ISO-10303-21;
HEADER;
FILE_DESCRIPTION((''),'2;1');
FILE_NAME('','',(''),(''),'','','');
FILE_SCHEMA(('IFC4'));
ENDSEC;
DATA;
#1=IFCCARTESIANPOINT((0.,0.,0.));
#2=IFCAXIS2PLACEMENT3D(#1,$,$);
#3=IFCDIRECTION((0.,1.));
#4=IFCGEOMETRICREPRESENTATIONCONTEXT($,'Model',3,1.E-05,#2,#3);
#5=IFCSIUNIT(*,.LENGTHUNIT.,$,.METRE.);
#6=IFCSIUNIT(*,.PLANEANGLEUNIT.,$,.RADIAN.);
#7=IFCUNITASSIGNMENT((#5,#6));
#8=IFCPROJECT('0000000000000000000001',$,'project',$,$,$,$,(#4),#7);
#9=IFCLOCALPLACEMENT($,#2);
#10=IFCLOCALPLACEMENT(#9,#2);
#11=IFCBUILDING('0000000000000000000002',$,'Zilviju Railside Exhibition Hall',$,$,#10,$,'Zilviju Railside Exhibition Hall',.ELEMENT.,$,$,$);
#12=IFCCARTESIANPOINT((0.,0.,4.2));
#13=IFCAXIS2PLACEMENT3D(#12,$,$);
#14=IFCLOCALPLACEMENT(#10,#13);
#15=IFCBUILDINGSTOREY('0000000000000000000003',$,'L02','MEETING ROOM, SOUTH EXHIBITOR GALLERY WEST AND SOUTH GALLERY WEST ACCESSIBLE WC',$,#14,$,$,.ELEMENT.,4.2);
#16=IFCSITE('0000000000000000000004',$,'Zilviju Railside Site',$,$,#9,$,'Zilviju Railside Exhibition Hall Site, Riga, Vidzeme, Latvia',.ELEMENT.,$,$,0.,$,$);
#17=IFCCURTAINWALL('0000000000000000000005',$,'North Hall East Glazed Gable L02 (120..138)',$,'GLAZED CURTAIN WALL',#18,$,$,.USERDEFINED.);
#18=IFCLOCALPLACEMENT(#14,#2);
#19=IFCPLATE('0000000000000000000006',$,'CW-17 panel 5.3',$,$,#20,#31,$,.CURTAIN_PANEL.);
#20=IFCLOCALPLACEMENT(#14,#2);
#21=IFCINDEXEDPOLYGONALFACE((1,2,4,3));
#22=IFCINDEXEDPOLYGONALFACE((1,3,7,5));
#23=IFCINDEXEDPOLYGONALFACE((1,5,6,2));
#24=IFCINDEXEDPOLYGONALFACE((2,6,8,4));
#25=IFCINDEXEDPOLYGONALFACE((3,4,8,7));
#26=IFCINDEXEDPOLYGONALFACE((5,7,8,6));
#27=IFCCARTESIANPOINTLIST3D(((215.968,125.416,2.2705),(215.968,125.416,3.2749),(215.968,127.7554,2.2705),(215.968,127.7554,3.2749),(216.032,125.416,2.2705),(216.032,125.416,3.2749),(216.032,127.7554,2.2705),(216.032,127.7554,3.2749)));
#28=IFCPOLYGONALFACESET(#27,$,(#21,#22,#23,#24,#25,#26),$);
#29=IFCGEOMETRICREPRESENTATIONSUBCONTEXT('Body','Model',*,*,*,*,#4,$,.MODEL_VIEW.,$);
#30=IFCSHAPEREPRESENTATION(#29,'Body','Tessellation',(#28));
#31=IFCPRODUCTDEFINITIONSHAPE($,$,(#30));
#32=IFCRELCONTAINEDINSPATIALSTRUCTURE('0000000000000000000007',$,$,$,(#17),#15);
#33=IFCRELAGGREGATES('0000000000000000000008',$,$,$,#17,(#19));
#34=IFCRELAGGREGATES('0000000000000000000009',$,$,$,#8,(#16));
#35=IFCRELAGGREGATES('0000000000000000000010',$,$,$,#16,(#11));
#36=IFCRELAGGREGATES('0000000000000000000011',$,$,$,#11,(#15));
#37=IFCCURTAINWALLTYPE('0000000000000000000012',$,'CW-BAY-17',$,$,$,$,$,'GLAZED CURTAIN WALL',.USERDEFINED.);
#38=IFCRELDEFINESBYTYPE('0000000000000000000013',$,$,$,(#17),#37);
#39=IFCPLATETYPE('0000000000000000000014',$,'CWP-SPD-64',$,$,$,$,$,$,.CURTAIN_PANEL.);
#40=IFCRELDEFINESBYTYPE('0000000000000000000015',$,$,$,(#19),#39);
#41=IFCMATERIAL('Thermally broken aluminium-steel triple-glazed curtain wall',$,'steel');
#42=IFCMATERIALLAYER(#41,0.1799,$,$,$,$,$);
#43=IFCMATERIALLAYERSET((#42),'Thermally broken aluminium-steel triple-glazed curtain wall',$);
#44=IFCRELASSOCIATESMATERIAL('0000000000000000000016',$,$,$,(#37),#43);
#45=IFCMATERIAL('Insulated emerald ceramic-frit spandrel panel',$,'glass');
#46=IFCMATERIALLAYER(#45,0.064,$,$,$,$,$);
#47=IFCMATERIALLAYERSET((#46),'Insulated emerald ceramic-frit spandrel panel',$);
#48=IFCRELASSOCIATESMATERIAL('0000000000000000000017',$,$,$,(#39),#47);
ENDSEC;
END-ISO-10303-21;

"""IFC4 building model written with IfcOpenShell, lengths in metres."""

from ifc_helpers import new_model, si_unit, direction, frame, origin, origin_2d, place, context, subcontext, project, spatial, rectangle, extrude, material, layer, layer_set, type_object, element, aggregate, save


model = new_model("IFC4")

# Units and contexts
model_context = context("Model", 3, precision=1e-05, world=origin(), true_north=direction((0.0, 1.0)))
body_context = subcontext(model_context, "Body", "Model", "MODEL_VIEW")
ifc_project = project(units=[si_unit("LENGTHUNIT", "METRE"), si_unit("PLANEANGLEUNIT", "RADIAN")], contexts=[model_context])

# Site, building, storey
site_placement = place(None, origin())
site = spatial("IfcSite", under=ifc_project, at=site_placement, Name="Zilviju Railside Site", LongName="Zilviju Railside Exhibition Hall Site, Riga, Vidzeme, Latvia", CompositionType="ELEMENT", RefElevation=0.0)
building_placement = place(site_placement, origin())
building = spatial("IfcBuilding", under=site, at=building_placement, Name="Zilviju Railside Exhibition Hall", LongName="Zilviju Railside Exhibition Hall", CompositionType="ELEMENT")
storey_placement = place(building_placement, frame((0.0, 0.0, 4.2)))
storey = spatial("IfcBuildingStorey", under=building, at=storey_placement, Name="L02", Description="MEETING ROOM, SOUTH EXHIBITOR GALLERY WEST AND SOUTH GALLERY WEST ACCESSIBLE WC", CompositionType="ELEMENT", Elevation=4.2)

# Curtain wall, plate
ifc_material_1 = material(Name="Thermally broken aluminium-steel triple-glazed curtain wall", Category="steel")
ifc_layer_1 = layer(ifc_material_1, 0.1799)
ifc_layer_set_1 = layer_set([ifc_layer_1], Name="Thermally broken aluminium-steel triple-glazed curtain wall")
curtain_wall_type = type_object("IfcCurtainWallType", Name="CW-BAY-17", ElementType="GLAZED CURTAIN WALL", PredefinedType="USERDEFINED", material=ifc_layer_set_1)
curtain_wall_placement = place(storey_placement, origin())
curtain_wall = element("IfcCurtainWall", 1, at=curtain_wall_placement, inside=storey, type_object=curtain_wall_type, Name="North Hall East Glazed Gable L02 (120..138)", ObjectType="GLAZED CURTAIN WALL", PredefinedType="USERDEFINED")
ifc_material_2 = material(Name="Insulated emerald ceramic-frit spandrel panel", Category="glass")
ifc_layer_2 = layer(ifc_material_2, 0.064)
ifc_layer_set_2 = layer_set([ifc_layer_2], Name="Insulated emerald ceramic-frit spandrel panel")
plate_type = type_object("IfcPlateType", Name="CWP-SPD-64", PredefinedType="CURTAIN_PANEL", material=ifc_layer_set_2)
plate_1_placement = place(storey_placement, frame((216.0, 126.5857, 2.2705), z_axis=(0.0, 0.0, 1.0), x_axis=(0.0, -1.0, 0.0)))
plate_1 = element("IfcPlate", 2, at=plate_1_placement, type_object=plate_type, Name="CW-17 panel 5.3", PredefinedType="CURTAIN_PANEL", context=body_context, shape_type="SweptSolid", body=[
    extrude(rectangle(XDim=2.3394, YDim=0.064, at=origin_2d()), origin(), (0.0, 0.0, 1.0), 1.0044),
])
aggregate(curtain_wall, [plate_1])

save(model, "model.ifc")
